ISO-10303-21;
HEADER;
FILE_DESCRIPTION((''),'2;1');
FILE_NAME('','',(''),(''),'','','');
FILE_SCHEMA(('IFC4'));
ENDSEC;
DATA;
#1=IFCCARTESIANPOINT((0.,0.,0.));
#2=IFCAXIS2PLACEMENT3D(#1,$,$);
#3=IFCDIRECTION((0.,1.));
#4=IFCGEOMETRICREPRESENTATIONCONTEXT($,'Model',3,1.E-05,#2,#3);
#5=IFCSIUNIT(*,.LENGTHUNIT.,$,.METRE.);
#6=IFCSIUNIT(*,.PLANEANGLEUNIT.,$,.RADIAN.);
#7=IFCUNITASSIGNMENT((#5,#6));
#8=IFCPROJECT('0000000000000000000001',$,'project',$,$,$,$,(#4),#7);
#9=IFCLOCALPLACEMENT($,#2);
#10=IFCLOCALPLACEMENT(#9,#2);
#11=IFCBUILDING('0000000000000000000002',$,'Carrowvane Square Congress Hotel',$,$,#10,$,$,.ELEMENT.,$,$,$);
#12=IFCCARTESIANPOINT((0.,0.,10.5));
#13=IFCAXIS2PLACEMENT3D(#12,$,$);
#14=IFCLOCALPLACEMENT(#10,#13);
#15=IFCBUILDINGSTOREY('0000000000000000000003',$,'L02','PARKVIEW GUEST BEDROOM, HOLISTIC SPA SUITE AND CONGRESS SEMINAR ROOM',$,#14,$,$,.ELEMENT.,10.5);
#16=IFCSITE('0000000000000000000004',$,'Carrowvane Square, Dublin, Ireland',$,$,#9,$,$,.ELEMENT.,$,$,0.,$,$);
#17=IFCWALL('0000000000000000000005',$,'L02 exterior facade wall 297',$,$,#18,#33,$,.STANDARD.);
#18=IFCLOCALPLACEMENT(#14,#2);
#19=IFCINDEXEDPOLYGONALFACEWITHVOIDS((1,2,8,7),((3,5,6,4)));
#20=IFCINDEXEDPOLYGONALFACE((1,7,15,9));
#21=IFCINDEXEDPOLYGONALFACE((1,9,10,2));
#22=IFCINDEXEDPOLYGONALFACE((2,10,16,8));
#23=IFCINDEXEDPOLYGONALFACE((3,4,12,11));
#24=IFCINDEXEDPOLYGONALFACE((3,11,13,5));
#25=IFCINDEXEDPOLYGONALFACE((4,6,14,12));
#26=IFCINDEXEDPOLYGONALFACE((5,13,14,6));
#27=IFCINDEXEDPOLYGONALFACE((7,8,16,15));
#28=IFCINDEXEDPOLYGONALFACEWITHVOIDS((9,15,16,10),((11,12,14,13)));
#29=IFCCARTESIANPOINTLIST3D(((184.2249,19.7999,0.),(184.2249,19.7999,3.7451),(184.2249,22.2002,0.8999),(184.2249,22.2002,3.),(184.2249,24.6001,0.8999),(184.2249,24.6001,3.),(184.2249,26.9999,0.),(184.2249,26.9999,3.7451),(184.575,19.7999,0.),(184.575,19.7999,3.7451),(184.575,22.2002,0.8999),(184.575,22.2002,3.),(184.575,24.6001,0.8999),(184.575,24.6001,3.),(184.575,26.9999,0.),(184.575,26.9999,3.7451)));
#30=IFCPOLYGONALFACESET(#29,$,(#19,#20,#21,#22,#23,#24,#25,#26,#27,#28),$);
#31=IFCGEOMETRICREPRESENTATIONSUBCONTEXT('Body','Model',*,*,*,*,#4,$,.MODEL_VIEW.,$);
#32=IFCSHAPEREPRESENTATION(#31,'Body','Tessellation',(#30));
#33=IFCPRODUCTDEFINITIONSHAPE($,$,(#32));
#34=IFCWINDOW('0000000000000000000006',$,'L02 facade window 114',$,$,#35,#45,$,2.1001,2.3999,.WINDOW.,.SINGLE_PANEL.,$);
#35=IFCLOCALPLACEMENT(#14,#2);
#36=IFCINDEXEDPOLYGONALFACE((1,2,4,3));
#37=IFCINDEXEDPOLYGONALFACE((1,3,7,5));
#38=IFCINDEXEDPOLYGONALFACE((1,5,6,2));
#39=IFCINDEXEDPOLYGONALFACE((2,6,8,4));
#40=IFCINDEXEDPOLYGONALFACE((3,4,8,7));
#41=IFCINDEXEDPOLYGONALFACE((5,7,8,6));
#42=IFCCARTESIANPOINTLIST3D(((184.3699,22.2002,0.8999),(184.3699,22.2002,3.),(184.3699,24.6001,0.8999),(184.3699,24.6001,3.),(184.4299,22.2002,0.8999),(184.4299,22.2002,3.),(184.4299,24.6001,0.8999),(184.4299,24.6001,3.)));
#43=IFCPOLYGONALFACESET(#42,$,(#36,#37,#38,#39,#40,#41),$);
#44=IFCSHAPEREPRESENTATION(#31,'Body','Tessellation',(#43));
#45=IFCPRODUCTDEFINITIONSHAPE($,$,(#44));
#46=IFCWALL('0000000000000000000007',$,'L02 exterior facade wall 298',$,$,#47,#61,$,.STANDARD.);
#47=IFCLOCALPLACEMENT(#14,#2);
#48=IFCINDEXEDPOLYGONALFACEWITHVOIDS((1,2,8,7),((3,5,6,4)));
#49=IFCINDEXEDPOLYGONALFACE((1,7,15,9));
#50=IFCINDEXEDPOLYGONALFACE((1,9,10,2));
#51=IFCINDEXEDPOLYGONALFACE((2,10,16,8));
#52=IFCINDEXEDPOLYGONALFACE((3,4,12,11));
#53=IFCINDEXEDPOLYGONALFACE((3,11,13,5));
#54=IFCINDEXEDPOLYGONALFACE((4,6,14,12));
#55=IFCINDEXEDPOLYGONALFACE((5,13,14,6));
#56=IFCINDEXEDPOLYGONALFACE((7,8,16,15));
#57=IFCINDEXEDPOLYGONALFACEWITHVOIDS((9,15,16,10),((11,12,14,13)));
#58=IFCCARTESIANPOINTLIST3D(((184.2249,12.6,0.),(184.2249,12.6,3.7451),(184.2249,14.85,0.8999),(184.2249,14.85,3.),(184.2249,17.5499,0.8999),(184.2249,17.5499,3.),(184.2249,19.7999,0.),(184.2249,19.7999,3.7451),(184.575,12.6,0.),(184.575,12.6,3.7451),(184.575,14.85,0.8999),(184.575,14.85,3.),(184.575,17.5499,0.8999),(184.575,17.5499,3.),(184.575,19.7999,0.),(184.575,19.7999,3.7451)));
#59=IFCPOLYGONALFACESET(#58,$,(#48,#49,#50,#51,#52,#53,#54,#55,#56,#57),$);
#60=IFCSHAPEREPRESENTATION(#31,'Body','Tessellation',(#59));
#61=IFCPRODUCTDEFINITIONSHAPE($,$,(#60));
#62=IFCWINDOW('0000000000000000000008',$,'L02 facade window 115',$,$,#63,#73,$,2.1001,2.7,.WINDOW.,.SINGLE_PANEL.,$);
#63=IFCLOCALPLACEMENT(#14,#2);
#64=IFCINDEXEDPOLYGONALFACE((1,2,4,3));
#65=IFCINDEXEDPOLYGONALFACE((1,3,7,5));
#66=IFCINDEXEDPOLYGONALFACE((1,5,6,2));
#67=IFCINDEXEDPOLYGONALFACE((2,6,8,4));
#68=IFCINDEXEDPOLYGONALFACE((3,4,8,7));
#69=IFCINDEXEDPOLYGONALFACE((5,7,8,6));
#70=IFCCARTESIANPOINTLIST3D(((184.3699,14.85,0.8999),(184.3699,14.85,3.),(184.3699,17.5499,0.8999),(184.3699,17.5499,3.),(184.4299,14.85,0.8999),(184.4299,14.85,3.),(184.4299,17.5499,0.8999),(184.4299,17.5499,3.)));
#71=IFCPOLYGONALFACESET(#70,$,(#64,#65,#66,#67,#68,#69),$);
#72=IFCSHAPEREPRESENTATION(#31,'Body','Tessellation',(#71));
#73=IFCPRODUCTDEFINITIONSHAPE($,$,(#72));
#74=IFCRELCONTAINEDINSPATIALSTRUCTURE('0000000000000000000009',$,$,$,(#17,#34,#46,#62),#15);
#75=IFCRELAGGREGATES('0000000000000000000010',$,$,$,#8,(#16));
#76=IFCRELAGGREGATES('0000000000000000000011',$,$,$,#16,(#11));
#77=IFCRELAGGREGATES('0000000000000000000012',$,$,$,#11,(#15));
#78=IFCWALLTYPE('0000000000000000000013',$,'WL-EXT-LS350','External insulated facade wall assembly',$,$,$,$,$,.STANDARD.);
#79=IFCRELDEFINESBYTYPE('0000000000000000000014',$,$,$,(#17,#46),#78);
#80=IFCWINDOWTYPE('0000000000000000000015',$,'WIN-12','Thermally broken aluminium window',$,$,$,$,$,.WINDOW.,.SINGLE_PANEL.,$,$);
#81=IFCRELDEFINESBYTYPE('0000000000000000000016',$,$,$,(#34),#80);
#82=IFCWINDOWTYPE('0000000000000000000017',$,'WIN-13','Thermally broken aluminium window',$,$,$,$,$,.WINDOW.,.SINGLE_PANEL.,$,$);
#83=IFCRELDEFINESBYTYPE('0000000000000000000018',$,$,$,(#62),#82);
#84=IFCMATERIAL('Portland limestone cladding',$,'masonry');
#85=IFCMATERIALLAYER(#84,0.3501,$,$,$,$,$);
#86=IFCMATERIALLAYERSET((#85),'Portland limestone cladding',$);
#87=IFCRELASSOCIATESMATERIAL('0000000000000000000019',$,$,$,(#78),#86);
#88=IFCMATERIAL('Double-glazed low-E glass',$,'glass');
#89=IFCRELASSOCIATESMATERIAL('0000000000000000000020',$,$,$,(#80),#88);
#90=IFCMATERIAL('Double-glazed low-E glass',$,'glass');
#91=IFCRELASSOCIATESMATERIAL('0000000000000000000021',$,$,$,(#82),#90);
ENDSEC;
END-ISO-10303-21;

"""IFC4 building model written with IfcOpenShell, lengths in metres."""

from ifc_helpers import new_model, si_unit, direction, frame, frame_2d, origin, place, context, subcontext, project, spatial, rectangle, extrude, material, layer, layer_set, type_object, element, fill, save


model = new_model("IFC4")

# Units and contexts
model_context = context("Model", 3, precision=1e-05, world=origin(), true_north=direction((0.0, 1.0)))
body_context = subcontext(model_context, "Body", "Model", "MODEL_VIEW")
ifc_project = project(units=[si_unit("LENGTHUNIT", "METRE"), si_unit("PLANEANGLEUNIT", "RADIAN")], contexts=[model_context])

# Site, building, storey
site_placement = place(None, origin())
site = spatial("IfcSite", under=ifc_project, at=site_placement, Name="Carrowvane Square, Dublin, Ireland", CompositionType="ELEMENT", RefElevation=0.0)
building_placement = place(site_placement, origin())
building = spatial("IfcBuilding", under=site, at=building_placement, Name="Carrowvane Square Congress Hotel", CompositionType="ELEMENT")
storey_placement = place(building_placement, frame((0.0, 0.0, 10.5)))
storey = spatial("IfcBuildingStorey", under=building, at=storey_placement, Name="L02", Description="PARKVIEW GUEST BEDROOM, HOLISTIC SPA SUITE AND CONGRESS SEMINAR ROOM", CompositionType="ELEMENT", Elevation=10.5)

# Walls, openings, windows
ifc_material_1 = material(Name="Portland limestone cladding", Category="masonry")
ifc_layer = layer(ifc_material_1, 0.3501)
ifc_layer_set = layer_set([ifc_layer], Name="Portland limestone cladding")
wall_type = type_object("IfcWallType", Name="WL-EXT-LS350", Description="External insulated facade wall assembly", PredefinedType="STANDARD", material=ifc_layer_set)
wall_1_placement = place(storey_placement, frame((184.3999, 27.0, 0.0), z_axis=(0.0, 0.0, 1.0), x_axis=(0.0, -1.0, 0.0)))
wall_1 = element("IfcWall", 1, at=wall_1_placement, inside=storey, type_object=wall_type, Name="L02 exterior facade wall 297", PredefinedType="STANDARD", context=body_context, shape_type="SweptSolid", body=[
    extrude(rectangle(XDim=7.2, YDim=0.3501, at=frame_2d((3.6001, 0.0))), origin(), (0.0, 0.0, 1.0), 3.7451),
])
opening_1_placement = place(wall_1_placement, frame((2.3999, 0.0, 0.8999)))
opening_1 = element("IfcOpeningElement", 2, at=opening_1_placement, cuts=wall_1, PredefinedType="OPENING", context=body_context, shape_type="SweptSolid", body=[
    extrude(rectangle(XDim=2.3999, YDim=2.1001, at=frame_2d((1.2, 1.05))), frame((0.0, 0.1851, 0.0), z_axis=(0.0, -1.0, 0.0), x_axis=(1.0, 0.0, 0.0)), (0.0, 0.0, 1.0), 0.3701),
])
ifc_material_2 = material(Name="Double-glazed low-E glass", Category="glass")
window_type_1 = type_object("IfcWindowType", Name="WIN-12", Description="Thermally broken aluminium window", PartitioningType="SINGLE_PANEL", PredefinedType="WINDOW", material=ifc_material_2)
window_1_placement = place(opening_1_placement, origin())
window_1 = element("IfcWindow", 3, at=window_1_placement, inside=storey, type_object=window_type_1, Name="L02 facade window 114", OverallHeight=2.1001, OverallWidth=2.3999, PartitioningType="SINGLE_PANEL", PredefinedType="WINDOW", context=body_context, shape_type="SweptSolid", body=[
    extrude(rectangle(XDim=2.3999, YDim=2.1001, at=frame_2d((1.2, 1.05))), frame((0.0, 0.03, 0.0), z_axis=(0.0, -1.0, 0.0), x_axis=(1.0, 0.0, 0.0)), (0.0, 0.0, 1.0), 0.0601),
])
fill(opening_1, window_1)
wall_2_placement = place(storey_placement, frame((184.3999, 19.8, 0.0), z_axis=(0.0, 0.0, 1.0), x_axis=(0.0, -1.0, 0.0)))
wall_2 = element("IfcWall", 4, at=wall_2_placement, inside=storey, type_object=wall_type, Name="L02 exterior facade wall 298", PredefinedType="STANDARD", context=body_context, shape_type="SweptSolid", body=[
    extrude(rectangle(XDim=7.2, YDim=0.3501, at=frame_2d((3.6001, 0.0))), origin(), (0.0, 0.0, 1.0), 3.7451),
])
opening_2_placement = place(wall_2_placement, frame((2.25, 0.0, 0.8999)))
opening_2 = element("IfcOpeningElement", 5, at=opening_2_placement, cuts=wall_2, PredefinedType="OPENING", context=body_context, shape_type="SweptSolid", body=[
    extrude(rectangle(XDim=2.7, YDim=2.1001, at=frame_2d((1.3501, 1.05))), frame((0.0, 0.1851, 0.0), z_axis=(0.0, -1.0, 0.0), x_axis=(1.0, 0.0, 0.0)), (0.0, 0.0, 1.0), 0.3701),
])
ifc_material_3 = material(Name="Double-glazed low-E glass", Category="glass")
window_type_2 = type_object("IfcWindowType", Name="WIN-13", Description="Thermally broken aluminium window", PartitioningType="SINGLE_PANEL", PredefinedType="WINDOW", material=ifc_material_3)
window_2_placement = place(opening_2_placement, origin())
window_2 = element("IfcWindow", 6, at=window_2_placement, inside=storey, type_object=window_type_2, Name="L02 facade window 115", OverallHeight=2.1001, OverallWidth=2.7, PartitioningType="SINGLE_PANEL", PredefinedType="WINDOW", context=body_context, shape_type="SweptSolid", body=[
    extrude(rectangle(XDim=2.7, YDim=2.1001, at=frame_2d((1.3501, 1.05))), frame((0.0, 0.03, 0.0), z_axis=(0.0, -1.0, 0.0), x_axis=(1.0, 0.0, 0.0)), (0.0, 0.0, 1.0), 0.0601),
])
fill(opening_2, window_2)

save(model, "model.ifc")
